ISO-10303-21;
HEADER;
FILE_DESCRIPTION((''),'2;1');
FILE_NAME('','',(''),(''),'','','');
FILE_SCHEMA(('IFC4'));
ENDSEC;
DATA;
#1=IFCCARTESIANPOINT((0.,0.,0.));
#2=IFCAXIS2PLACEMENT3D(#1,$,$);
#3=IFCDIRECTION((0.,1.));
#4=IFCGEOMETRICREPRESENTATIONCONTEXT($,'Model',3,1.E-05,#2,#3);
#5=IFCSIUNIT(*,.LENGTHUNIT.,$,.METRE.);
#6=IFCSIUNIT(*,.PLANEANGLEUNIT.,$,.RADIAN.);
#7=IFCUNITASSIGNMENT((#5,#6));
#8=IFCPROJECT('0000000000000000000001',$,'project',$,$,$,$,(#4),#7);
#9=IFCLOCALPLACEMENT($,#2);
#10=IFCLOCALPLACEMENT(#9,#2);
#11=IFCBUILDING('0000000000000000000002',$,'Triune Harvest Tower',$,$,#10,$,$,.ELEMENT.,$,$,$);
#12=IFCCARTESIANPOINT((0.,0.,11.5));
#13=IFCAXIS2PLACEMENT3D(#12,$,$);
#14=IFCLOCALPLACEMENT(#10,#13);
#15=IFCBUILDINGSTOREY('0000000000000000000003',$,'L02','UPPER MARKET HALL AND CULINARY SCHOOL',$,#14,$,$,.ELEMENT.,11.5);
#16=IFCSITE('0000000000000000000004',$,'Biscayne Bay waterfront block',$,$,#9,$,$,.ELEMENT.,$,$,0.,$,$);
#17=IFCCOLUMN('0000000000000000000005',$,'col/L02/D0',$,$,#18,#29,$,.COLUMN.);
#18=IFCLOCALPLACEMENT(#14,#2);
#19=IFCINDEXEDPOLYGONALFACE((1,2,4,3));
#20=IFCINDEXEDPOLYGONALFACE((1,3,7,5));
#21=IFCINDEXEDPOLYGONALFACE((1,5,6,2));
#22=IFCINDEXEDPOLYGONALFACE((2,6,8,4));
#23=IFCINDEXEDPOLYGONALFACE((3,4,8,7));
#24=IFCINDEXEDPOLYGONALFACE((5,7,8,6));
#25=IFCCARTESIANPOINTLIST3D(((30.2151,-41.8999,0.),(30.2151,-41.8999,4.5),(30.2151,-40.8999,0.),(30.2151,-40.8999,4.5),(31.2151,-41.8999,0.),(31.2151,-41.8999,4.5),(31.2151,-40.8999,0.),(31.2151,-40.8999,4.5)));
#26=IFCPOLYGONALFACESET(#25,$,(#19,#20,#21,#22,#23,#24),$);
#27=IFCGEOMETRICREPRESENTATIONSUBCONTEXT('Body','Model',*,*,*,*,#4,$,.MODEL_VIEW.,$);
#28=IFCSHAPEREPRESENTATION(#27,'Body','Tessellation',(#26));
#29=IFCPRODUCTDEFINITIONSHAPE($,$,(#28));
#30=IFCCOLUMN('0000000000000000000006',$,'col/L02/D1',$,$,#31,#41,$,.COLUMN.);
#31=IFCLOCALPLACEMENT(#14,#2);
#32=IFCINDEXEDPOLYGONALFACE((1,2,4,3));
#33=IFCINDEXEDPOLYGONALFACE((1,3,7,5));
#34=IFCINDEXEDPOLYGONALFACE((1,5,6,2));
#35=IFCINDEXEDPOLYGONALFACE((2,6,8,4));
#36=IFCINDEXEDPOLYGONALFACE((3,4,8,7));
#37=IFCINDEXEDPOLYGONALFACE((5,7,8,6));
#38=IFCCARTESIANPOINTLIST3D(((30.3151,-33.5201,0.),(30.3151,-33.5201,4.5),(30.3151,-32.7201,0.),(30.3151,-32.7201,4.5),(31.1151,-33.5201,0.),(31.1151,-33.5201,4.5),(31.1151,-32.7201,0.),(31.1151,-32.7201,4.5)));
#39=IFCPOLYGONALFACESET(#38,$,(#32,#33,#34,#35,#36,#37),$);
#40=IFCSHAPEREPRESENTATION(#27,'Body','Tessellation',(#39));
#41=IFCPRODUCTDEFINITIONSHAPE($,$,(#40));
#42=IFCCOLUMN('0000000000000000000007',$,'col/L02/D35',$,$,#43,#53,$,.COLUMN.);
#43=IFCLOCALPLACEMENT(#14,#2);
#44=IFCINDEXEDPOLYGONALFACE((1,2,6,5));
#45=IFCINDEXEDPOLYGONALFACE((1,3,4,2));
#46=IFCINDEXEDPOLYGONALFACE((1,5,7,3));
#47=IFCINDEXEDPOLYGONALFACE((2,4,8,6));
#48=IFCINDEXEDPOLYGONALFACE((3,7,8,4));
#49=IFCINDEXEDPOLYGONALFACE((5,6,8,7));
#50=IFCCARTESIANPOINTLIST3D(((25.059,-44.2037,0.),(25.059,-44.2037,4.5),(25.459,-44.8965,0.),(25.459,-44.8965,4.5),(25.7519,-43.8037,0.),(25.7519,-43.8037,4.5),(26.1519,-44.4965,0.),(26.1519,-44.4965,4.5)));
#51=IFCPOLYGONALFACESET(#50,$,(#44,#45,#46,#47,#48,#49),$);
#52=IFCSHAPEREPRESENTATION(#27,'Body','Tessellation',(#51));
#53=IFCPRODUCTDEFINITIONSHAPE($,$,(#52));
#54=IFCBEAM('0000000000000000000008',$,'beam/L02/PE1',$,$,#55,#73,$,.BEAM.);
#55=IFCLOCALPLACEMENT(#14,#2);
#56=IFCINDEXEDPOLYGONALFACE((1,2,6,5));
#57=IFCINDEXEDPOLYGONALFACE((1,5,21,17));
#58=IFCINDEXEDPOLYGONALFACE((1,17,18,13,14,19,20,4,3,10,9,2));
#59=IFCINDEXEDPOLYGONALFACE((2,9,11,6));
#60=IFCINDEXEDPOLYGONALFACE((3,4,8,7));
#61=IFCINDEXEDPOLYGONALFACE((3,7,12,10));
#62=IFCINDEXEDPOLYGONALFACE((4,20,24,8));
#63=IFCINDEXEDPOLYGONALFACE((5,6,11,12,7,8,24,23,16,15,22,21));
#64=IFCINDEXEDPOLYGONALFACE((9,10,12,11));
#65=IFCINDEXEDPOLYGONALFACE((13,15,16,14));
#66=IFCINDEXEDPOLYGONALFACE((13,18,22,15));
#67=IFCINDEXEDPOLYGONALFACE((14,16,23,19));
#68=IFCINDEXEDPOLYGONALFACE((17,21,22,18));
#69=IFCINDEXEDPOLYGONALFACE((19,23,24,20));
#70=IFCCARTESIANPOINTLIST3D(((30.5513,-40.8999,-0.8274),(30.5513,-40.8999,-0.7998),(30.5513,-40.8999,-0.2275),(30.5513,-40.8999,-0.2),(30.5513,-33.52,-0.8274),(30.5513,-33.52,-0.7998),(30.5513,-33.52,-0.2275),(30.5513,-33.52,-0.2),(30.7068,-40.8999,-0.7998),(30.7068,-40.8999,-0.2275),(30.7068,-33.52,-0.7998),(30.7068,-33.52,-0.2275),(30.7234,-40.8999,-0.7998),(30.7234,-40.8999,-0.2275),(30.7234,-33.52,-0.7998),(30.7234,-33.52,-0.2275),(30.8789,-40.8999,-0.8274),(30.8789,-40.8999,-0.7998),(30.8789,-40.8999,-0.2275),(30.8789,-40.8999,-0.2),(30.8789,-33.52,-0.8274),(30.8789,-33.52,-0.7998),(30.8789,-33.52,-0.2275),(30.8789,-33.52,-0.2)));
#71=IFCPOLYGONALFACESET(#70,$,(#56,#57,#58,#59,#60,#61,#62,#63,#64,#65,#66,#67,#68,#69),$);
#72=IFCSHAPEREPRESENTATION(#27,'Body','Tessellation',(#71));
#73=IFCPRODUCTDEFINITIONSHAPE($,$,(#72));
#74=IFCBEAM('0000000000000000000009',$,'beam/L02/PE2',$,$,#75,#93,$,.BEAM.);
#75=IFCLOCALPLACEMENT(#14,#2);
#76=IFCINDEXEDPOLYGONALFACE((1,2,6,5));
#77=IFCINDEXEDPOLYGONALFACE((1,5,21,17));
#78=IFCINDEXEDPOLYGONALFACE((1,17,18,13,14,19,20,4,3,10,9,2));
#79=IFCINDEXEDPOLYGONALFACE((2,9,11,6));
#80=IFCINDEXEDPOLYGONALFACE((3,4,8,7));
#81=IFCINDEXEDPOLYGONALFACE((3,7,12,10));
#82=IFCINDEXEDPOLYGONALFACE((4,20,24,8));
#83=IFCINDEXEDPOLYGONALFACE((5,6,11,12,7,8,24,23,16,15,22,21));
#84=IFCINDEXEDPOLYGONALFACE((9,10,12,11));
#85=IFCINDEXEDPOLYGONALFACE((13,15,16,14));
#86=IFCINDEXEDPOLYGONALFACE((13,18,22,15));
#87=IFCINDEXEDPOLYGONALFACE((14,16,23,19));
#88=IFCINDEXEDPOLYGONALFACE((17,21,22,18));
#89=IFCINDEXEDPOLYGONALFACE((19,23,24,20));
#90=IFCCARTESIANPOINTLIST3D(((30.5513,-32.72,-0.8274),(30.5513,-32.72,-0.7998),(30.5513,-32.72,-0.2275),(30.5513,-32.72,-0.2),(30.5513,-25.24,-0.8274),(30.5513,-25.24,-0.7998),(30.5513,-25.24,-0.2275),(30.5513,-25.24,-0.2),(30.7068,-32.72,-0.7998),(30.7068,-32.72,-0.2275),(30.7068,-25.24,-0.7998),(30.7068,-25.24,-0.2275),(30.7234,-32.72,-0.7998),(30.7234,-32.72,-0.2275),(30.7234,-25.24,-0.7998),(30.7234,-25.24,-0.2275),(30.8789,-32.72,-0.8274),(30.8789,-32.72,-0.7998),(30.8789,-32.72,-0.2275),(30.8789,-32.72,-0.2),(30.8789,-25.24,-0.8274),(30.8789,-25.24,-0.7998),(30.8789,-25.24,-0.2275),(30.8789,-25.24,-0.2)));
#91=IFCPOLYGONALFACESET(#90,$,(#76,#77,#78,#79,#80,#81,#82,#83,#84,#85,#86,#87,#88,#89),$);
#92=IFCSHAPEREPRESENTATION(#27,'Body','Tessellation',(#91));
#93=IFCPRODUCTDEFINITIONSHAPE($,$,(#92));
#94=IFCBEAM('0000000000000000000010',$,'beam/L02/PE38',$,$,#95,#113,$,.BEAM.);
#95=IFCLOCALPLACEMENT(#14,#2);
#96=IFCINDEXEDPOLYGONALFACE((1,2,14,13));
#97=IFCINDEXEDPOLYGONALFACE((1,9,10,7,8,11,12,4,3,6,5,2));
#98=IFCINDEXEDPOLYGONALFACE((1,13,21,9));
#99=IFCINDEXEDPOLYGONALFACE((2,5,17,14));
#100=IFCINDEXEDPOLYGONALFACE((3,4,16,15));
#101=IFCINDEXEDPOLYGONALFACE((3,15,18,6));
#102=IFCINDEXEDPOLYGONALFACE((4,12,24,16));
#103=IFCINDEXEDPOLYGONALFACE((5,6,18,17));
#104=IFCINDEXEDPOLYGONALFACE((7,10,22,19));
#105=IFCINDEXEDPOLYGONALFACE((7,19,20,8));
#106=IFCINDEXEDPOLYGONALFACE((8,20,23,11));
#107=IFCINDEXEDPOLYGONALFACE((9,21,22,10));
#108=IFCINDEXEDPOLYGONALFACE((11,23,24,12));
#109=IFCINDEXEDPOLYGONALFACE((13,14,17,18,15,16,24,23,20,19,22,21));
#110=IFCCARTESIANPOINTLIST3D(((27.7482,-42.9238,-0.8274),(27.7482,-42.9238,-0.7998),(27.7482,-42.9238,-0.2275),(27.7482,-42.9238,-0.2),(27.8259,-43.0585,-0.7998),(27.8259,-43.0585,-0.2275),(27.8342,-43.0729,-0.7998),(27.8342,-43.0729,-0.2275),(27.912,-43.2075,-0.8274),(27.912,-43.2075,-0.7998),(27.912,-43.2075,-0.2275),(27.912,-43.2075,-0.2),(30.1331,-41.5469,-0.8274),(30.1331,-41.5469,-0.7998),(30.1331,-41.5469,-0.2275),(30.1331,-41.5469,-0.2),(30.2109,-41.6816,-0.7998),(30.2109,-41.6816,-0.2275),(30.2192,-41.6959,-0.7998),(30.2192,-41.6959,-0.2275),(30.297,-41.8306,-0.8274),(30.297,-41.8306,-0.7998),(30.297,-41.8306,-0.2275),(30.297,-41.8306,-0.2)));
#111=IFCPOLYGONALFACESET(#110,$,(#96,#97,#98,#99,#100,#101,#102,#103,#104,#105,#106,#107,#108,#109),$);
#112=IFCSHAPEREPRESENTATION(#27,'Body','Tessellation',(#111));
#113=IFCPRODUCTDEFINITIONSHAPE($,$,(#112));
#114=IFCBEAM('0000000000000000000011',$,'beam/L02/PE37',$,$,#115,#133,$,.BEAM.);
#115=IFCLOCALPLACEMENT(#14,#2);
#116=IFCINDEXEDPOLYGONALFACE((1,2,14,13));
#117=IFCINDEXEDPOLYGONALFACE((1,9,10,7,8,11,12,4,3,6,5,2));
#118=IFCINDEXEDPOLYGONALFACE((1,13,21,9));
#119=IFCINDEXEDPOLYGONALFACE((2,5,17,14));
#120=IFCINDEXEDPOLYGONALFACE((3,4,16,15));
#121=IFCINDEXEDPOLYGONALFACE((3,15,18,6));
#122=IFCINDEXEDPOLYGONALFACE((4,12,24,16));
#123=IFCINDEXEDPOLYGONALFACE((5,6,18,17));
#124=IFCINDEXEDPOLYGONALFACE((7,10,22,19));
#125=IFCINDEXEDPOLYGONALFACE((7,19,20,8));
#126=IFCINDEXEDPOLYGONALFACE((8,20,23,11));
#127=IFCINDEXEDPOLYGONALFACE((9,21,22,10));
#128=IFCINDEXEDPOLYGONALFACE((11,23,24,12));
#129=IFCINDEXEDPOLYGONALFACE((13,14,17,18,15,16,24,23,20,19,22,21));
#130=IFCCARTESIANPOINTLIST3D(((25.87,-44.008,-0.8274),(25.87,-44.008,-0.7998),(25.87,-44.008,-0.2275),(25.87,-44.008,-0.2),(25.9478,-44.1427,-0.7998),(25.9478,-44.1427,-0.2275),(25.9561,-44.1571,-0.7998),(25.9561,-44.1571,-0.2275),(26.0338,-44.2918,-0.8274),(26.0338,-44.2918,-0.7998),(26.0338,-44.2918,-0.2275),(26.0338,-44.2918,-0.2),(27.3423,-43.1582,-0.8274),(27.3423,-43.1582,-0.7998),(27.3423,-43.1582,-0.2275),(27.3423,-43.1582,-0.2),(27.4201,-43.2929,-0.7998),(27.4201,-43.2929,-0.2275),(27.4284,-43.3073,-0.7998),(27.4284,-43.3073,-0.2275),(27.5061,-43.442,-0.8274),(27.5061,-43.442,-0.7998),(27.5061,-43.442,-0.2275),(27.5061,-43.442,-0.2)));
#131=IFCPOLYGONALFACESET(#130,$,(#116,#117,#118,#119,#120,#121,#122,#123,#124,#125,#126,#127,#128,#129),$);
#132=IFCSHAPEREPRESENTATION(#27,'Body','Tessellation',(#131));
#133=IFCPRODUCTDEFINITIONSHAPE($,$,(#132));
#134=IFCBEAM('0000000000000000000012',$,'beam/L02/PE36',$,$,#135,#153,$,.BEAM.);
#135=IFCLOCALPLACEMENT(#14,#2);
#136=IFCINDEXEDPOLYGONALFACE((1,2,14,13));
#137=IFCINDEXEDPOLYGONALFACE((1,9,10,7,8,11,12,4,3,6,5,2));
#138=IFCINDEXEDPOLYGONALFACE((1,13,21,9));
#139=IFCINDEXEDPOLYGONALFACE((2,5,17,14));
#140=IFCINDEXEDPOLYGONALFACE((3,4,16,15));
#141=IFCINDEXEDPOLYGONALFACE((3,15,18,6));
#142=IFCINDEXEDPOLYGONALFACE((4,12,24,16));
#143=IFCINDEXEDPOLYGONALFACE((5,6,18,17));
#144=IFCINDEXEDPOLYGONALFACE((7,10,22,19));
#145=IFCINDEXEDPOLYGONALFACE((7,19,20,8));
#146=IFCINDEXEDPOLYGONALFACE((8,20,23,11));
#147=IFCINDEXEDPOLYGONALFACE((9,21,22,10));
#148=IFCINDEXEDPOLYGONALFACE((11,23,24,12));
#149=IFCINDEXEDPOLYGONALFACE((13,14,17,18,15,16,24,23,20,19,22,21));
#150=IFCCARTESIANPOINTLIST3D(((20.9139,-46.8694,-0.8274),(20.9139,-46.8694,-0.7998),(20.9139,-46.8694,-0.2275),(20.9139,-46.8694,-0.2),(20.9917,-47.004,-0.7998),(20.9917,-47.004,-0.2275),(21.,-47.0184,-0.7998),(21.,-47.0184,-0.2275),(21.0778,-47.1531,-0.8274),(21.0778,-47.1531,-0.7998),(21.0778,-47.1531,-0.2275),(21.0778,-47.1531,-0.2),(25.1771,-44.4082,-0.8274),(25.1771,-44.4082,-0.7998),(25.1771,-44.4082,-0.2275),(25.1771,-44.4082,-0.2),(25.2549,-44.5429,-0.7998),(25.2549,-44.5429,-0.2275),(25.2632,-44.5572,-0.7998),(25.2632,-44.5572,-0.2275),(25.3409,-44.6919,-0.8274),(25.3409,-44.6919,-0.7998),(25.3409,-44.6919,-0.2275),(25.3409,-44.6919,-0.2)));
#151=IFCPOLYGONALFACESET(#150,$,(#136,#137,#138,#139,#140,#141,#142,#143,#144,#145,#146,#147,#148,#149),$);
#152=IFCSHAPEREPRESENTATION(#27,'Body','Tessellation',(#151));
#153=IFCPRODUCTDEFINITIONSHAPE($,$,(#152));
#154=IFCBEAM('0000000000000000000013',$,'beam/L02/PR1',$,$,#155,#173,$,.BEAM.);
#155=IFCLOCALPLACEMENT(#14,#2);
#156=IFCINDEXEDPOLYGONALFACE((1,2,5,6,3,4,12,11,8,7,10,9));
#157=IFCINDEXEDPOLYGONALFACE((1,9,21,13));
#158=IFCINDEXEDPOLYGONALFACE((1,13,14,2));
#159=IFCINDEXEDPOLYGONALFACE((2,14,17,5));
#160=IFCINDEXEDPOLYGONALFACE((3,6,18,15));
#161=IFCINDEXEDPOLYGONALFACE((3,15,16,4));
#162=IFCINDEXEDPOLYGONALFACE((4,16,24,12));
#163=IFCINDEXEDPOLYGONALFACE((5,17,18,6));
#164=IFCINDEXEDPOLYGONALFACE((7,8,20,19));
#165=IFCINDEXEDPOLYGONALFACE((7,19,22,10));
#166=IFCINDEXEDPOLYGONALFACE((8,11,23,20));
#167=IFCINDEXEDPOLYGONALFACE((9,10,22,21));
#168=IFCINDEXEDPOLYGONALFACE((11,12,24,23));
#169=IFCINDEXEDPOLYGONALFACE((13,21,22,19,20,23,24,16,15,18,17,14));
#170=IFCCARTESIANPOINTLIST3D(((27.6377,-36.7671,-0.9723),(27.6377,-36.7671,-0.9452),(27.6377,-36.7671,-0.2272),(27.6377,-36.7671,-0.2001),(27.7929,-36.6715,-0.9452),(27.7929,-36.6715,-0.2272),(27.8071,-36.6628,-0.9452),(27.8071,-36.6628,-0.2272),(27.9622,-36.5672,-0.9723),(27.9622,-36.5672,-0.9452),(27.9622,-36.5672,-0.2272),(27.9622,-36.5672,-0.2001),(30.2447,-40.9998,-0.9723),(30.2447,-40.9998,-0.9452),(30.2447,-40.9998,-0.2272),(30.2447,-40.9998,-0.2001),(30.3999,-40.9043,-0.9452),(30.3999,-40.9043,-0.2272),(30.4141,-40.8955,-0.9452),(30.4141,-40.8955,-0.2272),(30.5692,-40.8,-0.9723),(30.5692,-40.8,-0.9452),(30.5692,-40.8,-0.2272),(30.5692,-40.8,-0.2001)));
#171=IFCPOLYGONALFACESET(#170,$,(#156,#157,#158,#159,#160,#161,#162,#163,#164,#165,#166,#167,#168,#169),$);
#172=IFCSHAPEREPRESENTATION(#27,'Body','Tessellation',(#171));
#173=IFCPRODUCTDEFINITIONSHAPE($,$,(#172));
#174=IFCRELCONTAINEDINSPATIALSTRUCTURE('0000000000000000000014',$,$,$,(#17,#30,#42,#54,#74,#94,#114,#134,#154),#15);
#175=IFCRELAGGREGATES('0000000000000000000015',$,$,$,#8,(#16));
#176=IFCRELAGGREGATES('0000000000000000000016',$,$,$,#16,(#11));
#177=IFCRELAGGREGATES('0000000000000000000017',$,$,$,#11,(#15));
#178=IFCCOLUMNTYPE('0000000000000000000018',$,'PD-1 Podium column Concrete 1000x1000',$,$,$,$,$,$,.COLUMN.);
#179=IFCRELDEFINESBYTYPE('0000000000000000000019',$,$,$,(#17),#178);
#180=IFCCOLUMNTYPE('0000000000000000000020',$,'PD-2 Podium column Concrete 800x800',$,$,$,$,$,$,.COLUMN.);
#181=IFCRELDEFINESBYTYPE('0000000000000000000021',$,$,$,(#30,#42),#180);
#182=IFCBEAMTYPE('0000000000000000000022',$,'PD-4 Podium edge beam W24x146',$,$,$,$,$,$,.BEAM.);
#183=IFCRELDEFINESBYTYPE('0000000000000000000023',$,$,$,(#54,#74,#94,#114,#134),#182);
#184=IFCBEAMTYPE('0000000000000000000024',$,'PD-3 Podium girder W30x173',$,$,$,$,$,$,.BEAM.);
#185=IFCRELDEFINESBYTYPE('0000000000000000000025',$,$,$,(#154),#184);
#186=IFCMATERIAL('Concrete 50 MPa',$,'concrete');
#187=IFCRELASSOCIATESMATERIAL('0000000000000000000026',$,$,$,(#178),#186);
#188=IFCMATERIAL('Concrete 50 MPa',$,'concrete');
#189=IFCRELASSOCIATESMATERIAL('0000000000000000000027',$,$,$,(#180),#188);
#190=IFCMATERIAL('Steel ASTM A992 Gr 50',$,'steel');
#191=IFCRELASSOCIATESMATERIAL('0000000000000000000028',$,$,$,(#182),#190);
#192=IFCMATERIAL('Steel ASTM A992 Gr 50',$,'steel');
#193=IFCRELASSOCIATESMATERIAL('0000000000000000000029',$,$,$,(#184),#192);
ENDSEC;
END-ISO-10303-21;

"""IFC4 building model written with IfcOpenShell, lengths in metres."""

from ifc_helpers import new_model, si_unit, direction, frame, origin, origin_2d, place, context, subcontext, project, spatial, rectangle, i_section, extrude, source, transform, mapped, material, material_profile, profile_set, type_object, element, save


model = new_model("IFC4")

# Units and contexts
model_context = context("Model", 3, precision=1e-05, world=origin(), true_north=direction((0.0, 1.0)))
body_context = subcontext(model_context, "Body", "Model", "MODEL_VIEW")
ifc_project = project(units=[si_unit("LENGTHUNIT", "METRE"), si_unit("PLANEANGLEUNIT", "RADIAN")], contexts=[model_context])

# Site, building, storey
site_placement = place(None, origin())
site = spatial("IfcSite", under=ifc_project, at=site_placement, Name="Biscayne Bay waterfront block", CompositionType="ELEMENT", RefElevation=0.0)
building_placement = place(site_placement, origin())
building = spatial("IfcBuilding", under=site, at=building_placement, Name="Triune Harvest Tower", CompositionType="ELEMENT")
storey_placement = place(building_placement, frame((0.0, 0.0, 11.5)))
storey = spatial("IfcBuildingStorey", under=building, at=storey_placement, Name="L02", Description="UPPER MARKET HALL AND CULINARY SCHOOL", CompositionType="ELEMENT", Elevation=11.5)

# Columns
ifc_material_1 = material(Name="Concrete 50 MPa", Category="concrete")
ifc_material_profile_1 = material_profile(ifc_material_1, rectangle(XDim=1.0, YDim=1.0, at=origin_2d()), Name="Concrete 1000x1000")
ifc_profile_set_1 = profile_set([ifc_material_profile_1], Name="Concrete 50 MPa")
column_type_1 = type_object("IfcColumnType", Name="PD-1 Podium column Concrete 1000x1000", PredefinedType="COLUMN", material=ifc_profile_set_1)
shared_shape_1 = source(origin(), body_context, "Body", "SweptSolid", [
    extrude(rectangle(XDim=1.0, YDim=1.0, at=origin_2d()), origin(), (0.0, 0.0, 1.0), 4.5),
])
column_placement = place(storey_placement, frame((30.7151, -41.3999, 0.0), z_axis=(0.0, 0.0, 1.0), x_axis=(0.0, 1.0, 0.0)))
element("IfcColumn", 1, at=column_placement, inside=storey, type_object=column_type_1, Name="col/L02/D0", PredefinedType="COLUMN", context=body_context, shape_type="MappedRepresentation", body=[
    mapped(shared_shape_1, transform((0.0, 0.0, 0.0), scale=1.0)),
])
ifc_material_2 = material(Name="Concrete 50 MPa", Category="concrete")
ifc_material_profile_2 = material_profile(ifc_material_2, rectangle(XDim=0.8, YDim=0.8, at=origin_2d()), Name="Concrete 800x800")
ifc_profile_set_2 = profile_set([ifc_material_profile_2], Name="Concrete 50 MPa")
column_type_2 = type_object("IfcColumnType", Name="PD-2 Podium column Concrete 800x800", PredefinedType="COLUMN", material=ifc_profile_set_2)
shared_shape_2 = source(origin(), body_context, "Body", "SweptSolid", [
    extrude(rectangle(XDim=0.8, YDim=0.8, at=origin_2d()), origin(), (0.0, 0.0, 1.0), 4.5),
])
for number, where, z_axis, x_axis, name in (
    (2, (30.7151, -33.1201, 0.0), (0.0, 0.0, 1.0), (0.0, 1.0, 0.0), "col/L02/D1"),
    (3, (25.6055, -44.3501, 0.0), (0.0, 0.0, 1.0), (0.866027, 0.499997, 0.0), "col/L02/D35"),
):
    element("IfcColumn", number, at=place(storey_placement, frame(where, z_axis=z_axis, x_axis=x_axis)), inside=storey, type_object=column_type_2, Name=name, PredefinedType="COLUMN", context=body_context, shape_type="MappedRepresentation", body=[
        mapped(shared_shape_2, transform((0.0, 0.0, 0.0), scale=1.0)),
    ])

# Beams
ifc_material_3 = material(Name="Steel ASTM A992 Gr 50", Category="steel")
ifc_material_profile_3 = material_profile(ifc_material_3, i_section(OverallWidth=0.3276, OverallDepth=0.6274, WebThickness=0.0166, FlangeThickness=0.0276, at=origin_2d()), Name="W24x146")
ifc_profile_set_3 = profile_set([ifc_material_profile_3], Name="Steel ASTM A992 Gr 50")
beam_type_1 = type_object("IfcBeamType", Name="PD-4 Podium edge beam W24x146", PredefinedType="BEAM", material=ifc_profile_set_3)
shared_shape_3 = source(origin(), body_context, "Body", "SweptSolid", [
    extrude(i_section(OverallWidth=0.3276, OverallDepth=0.6274, WebThickness=0.0166, FlangeThickness=0.0276, at=origin_2d()), origin(), (0.0, 0.0, 1.0), 7.3799),
])
beam_1_placement = place(storey_placement, frame((30.7151, -40.8999, -0.5137), z_axis=(0.0, 1.0, 0.0), x_axis=(-1.0, 0.0, 0.0)))
element("IfcBeam", 4, at=beam_1_placement, inside=storey, type_object=beam_type_1, Name="beam/L02/PE1", PredefinedType="BEAM", context=body_context, shape_type="MappedRepresentation", body=[
    mapped(shared_shape_3, transform((0.0, 0.0, 0.0), scale=1.0)),
])
shared_shape_4 = source(origin(), body_context, "Body", "SweptSolid", [
    extrude(i_section(OverallWidth=0.3276, OverallDepth=0.6274, WebThickness=0.0166, FlangeThickness=0.0276, at=origin_2d()), origin(), (0.0, 0.0, 1.0), 7.48),
])
beam_2_placement = place(storey_placement, frame((30.7151, -32.72, -0.5137), z_axis=(0.0, 1.0, 0.0), x_axis=(-1.0, 0.0, 0.0)))
element("IfcBeam", 5, at=beam_2_placement, inside=storey, type_object=beam_type_1, Name="beam/L02/PE2", PredefinedType="BEAM", context=body_context, shape_type="MappedRepresentation", body=[
    mapped(shared_shape_4, transform((0.0, 0.0, 0.0), scale=1.0)),
])
shared_shape_5 = source(origin(), body_context, "Body", "SweptSolid", [
    extrude(i_section(OverallWidth=0.3276, OverallDepth=0.6274, WebThickness=0.0166, FlangeThickness=0.0276, at=origin_2d()), origin(), (0.0, 0.0, 1.0), 2.7539),
])
beam_3_placement = place(storey_placement, frame((27.8301, -43.0657, -0.5137), z_axis=(0.866031, 0.499991, 0.0), x_axis=(-0.499991, 0.866031, 0.0)))
element("IfcBeam", 6, at=beam_3_placement, inside=storey, type_object=beam_type_1, Name="beam/L02/PE38", PredefinedType="BEAM", context=body_context, shape_type="MappedRepresentation", body=[
    mapped(shared_shape_5, transform((0.0, 0.0, 0.0), scale=1.0)),
])
shared_shape_6 = source(origin(), body_context, "Body", "SweptSolid", [
    extrude(i_section(OverallWidth=0.3276, OverallDepth=0.6274, WebThickness=0.0166, FlangeThickness=0.0276, at=origin_2d()), origin(), (0.0, 0.0, 1.0), 1.7),
])
beam_4_placement = place(storey_placement, frame((25.9519, -44.1499, -0.5137), z_axis=(0.866088, 0.499892, 0.0), x_axis=(-0.499892, 0.866088, 0.0)))
element("IfcBeam", 7, at=beam_4_placement, inside=storey, type_object=beam_type_1, Name="beam/L02/PE37", PredefinedType="BEAM", context=body_context, shape_type="MappedRepresentation", body=[
    mapped(shared_shape_6, transform((0.0, 0.0, 0.0), scale=1.0)),
])
shared_shape_7 = source(origin(), body_context, "Body", "SweptSolid", [
    extrude(i_section(OverallWidth=0.3276, OverallDepth=0.6274, WebThickness=0.0166, FlangeThickness=0.0276, at=origin_2d()), origin(), (0.0, 0.0, 1.0), 4.9226),
])
beam_5_placement = place(storey_placement, frame((20.9958, -47.0112, -0.5137), z_axis=(0.86604, 0.499974, 0.0), x_axis=(-0.499974, 0.86604, 0.0)))
element("IfcBeam", 8, at=beam_5_placement, inside=storey, type_object=beam_type_1, Name="beam/L02/PE36", PredefinedType="BEAM", context=body_context, shape_type="MappedRepresentation", body=[
    mapped(shared_shape_7, transform((0.0, 0.0, 0.0), scale=1.0)),
])
ifc_material_4 = material(Name="Steel ASTM A992 Gr 50", Category="steel")
ifc_material_profile_4 = material_profile(ifc_material_4, i_section(OverallWidth=0.3811, OverallDepth=0.7722, WebThickness=0.0166, FlangeThickness=0.0271, at=origin_2d()), Name="W30x173")
ifc_profile_set_4 = profile_set([ifc_material_profile_4], Name="Steel ASTM A992 Gr 50")
beam_type_2 = type_object("IfcBeamType", Name="PD-3 Podium girder W30x173", PredefinedType="BEAM", material=ifc_profile_set_4)
shared_shape_8 = source(origin(), body_context, "Body", "SweptSolid", [
    extrude(i_section(OverallWidth=0.3811, OverallDepth=0.7722, WebThickness=0.0166, FlangeThickness=0.0271, at=origin_2d()), origin(), (0.0, 0.0, 1.0), 4.9712),
])
beam_6_placement = place(storey_placement, frame((30.407, -40.8999, -0.5862), z_axis=(-0.524421, 0.851459, 0.0), x_axis=(-0.851459, -0.524421, 0.0)))
element("IfcBeam", 9, at=beam_6_placement, inside=storey, type_object=beam_type_2, Name="beam/L02/PR1", PredefinedType="BEAM", context=body_context, shape_type="MappedRepresentation", body=[
    mapped(shared_shape_8, transform((0.0, 0.0, 0.0), scale=1.0)),
])

save(model, "model.ifc")
